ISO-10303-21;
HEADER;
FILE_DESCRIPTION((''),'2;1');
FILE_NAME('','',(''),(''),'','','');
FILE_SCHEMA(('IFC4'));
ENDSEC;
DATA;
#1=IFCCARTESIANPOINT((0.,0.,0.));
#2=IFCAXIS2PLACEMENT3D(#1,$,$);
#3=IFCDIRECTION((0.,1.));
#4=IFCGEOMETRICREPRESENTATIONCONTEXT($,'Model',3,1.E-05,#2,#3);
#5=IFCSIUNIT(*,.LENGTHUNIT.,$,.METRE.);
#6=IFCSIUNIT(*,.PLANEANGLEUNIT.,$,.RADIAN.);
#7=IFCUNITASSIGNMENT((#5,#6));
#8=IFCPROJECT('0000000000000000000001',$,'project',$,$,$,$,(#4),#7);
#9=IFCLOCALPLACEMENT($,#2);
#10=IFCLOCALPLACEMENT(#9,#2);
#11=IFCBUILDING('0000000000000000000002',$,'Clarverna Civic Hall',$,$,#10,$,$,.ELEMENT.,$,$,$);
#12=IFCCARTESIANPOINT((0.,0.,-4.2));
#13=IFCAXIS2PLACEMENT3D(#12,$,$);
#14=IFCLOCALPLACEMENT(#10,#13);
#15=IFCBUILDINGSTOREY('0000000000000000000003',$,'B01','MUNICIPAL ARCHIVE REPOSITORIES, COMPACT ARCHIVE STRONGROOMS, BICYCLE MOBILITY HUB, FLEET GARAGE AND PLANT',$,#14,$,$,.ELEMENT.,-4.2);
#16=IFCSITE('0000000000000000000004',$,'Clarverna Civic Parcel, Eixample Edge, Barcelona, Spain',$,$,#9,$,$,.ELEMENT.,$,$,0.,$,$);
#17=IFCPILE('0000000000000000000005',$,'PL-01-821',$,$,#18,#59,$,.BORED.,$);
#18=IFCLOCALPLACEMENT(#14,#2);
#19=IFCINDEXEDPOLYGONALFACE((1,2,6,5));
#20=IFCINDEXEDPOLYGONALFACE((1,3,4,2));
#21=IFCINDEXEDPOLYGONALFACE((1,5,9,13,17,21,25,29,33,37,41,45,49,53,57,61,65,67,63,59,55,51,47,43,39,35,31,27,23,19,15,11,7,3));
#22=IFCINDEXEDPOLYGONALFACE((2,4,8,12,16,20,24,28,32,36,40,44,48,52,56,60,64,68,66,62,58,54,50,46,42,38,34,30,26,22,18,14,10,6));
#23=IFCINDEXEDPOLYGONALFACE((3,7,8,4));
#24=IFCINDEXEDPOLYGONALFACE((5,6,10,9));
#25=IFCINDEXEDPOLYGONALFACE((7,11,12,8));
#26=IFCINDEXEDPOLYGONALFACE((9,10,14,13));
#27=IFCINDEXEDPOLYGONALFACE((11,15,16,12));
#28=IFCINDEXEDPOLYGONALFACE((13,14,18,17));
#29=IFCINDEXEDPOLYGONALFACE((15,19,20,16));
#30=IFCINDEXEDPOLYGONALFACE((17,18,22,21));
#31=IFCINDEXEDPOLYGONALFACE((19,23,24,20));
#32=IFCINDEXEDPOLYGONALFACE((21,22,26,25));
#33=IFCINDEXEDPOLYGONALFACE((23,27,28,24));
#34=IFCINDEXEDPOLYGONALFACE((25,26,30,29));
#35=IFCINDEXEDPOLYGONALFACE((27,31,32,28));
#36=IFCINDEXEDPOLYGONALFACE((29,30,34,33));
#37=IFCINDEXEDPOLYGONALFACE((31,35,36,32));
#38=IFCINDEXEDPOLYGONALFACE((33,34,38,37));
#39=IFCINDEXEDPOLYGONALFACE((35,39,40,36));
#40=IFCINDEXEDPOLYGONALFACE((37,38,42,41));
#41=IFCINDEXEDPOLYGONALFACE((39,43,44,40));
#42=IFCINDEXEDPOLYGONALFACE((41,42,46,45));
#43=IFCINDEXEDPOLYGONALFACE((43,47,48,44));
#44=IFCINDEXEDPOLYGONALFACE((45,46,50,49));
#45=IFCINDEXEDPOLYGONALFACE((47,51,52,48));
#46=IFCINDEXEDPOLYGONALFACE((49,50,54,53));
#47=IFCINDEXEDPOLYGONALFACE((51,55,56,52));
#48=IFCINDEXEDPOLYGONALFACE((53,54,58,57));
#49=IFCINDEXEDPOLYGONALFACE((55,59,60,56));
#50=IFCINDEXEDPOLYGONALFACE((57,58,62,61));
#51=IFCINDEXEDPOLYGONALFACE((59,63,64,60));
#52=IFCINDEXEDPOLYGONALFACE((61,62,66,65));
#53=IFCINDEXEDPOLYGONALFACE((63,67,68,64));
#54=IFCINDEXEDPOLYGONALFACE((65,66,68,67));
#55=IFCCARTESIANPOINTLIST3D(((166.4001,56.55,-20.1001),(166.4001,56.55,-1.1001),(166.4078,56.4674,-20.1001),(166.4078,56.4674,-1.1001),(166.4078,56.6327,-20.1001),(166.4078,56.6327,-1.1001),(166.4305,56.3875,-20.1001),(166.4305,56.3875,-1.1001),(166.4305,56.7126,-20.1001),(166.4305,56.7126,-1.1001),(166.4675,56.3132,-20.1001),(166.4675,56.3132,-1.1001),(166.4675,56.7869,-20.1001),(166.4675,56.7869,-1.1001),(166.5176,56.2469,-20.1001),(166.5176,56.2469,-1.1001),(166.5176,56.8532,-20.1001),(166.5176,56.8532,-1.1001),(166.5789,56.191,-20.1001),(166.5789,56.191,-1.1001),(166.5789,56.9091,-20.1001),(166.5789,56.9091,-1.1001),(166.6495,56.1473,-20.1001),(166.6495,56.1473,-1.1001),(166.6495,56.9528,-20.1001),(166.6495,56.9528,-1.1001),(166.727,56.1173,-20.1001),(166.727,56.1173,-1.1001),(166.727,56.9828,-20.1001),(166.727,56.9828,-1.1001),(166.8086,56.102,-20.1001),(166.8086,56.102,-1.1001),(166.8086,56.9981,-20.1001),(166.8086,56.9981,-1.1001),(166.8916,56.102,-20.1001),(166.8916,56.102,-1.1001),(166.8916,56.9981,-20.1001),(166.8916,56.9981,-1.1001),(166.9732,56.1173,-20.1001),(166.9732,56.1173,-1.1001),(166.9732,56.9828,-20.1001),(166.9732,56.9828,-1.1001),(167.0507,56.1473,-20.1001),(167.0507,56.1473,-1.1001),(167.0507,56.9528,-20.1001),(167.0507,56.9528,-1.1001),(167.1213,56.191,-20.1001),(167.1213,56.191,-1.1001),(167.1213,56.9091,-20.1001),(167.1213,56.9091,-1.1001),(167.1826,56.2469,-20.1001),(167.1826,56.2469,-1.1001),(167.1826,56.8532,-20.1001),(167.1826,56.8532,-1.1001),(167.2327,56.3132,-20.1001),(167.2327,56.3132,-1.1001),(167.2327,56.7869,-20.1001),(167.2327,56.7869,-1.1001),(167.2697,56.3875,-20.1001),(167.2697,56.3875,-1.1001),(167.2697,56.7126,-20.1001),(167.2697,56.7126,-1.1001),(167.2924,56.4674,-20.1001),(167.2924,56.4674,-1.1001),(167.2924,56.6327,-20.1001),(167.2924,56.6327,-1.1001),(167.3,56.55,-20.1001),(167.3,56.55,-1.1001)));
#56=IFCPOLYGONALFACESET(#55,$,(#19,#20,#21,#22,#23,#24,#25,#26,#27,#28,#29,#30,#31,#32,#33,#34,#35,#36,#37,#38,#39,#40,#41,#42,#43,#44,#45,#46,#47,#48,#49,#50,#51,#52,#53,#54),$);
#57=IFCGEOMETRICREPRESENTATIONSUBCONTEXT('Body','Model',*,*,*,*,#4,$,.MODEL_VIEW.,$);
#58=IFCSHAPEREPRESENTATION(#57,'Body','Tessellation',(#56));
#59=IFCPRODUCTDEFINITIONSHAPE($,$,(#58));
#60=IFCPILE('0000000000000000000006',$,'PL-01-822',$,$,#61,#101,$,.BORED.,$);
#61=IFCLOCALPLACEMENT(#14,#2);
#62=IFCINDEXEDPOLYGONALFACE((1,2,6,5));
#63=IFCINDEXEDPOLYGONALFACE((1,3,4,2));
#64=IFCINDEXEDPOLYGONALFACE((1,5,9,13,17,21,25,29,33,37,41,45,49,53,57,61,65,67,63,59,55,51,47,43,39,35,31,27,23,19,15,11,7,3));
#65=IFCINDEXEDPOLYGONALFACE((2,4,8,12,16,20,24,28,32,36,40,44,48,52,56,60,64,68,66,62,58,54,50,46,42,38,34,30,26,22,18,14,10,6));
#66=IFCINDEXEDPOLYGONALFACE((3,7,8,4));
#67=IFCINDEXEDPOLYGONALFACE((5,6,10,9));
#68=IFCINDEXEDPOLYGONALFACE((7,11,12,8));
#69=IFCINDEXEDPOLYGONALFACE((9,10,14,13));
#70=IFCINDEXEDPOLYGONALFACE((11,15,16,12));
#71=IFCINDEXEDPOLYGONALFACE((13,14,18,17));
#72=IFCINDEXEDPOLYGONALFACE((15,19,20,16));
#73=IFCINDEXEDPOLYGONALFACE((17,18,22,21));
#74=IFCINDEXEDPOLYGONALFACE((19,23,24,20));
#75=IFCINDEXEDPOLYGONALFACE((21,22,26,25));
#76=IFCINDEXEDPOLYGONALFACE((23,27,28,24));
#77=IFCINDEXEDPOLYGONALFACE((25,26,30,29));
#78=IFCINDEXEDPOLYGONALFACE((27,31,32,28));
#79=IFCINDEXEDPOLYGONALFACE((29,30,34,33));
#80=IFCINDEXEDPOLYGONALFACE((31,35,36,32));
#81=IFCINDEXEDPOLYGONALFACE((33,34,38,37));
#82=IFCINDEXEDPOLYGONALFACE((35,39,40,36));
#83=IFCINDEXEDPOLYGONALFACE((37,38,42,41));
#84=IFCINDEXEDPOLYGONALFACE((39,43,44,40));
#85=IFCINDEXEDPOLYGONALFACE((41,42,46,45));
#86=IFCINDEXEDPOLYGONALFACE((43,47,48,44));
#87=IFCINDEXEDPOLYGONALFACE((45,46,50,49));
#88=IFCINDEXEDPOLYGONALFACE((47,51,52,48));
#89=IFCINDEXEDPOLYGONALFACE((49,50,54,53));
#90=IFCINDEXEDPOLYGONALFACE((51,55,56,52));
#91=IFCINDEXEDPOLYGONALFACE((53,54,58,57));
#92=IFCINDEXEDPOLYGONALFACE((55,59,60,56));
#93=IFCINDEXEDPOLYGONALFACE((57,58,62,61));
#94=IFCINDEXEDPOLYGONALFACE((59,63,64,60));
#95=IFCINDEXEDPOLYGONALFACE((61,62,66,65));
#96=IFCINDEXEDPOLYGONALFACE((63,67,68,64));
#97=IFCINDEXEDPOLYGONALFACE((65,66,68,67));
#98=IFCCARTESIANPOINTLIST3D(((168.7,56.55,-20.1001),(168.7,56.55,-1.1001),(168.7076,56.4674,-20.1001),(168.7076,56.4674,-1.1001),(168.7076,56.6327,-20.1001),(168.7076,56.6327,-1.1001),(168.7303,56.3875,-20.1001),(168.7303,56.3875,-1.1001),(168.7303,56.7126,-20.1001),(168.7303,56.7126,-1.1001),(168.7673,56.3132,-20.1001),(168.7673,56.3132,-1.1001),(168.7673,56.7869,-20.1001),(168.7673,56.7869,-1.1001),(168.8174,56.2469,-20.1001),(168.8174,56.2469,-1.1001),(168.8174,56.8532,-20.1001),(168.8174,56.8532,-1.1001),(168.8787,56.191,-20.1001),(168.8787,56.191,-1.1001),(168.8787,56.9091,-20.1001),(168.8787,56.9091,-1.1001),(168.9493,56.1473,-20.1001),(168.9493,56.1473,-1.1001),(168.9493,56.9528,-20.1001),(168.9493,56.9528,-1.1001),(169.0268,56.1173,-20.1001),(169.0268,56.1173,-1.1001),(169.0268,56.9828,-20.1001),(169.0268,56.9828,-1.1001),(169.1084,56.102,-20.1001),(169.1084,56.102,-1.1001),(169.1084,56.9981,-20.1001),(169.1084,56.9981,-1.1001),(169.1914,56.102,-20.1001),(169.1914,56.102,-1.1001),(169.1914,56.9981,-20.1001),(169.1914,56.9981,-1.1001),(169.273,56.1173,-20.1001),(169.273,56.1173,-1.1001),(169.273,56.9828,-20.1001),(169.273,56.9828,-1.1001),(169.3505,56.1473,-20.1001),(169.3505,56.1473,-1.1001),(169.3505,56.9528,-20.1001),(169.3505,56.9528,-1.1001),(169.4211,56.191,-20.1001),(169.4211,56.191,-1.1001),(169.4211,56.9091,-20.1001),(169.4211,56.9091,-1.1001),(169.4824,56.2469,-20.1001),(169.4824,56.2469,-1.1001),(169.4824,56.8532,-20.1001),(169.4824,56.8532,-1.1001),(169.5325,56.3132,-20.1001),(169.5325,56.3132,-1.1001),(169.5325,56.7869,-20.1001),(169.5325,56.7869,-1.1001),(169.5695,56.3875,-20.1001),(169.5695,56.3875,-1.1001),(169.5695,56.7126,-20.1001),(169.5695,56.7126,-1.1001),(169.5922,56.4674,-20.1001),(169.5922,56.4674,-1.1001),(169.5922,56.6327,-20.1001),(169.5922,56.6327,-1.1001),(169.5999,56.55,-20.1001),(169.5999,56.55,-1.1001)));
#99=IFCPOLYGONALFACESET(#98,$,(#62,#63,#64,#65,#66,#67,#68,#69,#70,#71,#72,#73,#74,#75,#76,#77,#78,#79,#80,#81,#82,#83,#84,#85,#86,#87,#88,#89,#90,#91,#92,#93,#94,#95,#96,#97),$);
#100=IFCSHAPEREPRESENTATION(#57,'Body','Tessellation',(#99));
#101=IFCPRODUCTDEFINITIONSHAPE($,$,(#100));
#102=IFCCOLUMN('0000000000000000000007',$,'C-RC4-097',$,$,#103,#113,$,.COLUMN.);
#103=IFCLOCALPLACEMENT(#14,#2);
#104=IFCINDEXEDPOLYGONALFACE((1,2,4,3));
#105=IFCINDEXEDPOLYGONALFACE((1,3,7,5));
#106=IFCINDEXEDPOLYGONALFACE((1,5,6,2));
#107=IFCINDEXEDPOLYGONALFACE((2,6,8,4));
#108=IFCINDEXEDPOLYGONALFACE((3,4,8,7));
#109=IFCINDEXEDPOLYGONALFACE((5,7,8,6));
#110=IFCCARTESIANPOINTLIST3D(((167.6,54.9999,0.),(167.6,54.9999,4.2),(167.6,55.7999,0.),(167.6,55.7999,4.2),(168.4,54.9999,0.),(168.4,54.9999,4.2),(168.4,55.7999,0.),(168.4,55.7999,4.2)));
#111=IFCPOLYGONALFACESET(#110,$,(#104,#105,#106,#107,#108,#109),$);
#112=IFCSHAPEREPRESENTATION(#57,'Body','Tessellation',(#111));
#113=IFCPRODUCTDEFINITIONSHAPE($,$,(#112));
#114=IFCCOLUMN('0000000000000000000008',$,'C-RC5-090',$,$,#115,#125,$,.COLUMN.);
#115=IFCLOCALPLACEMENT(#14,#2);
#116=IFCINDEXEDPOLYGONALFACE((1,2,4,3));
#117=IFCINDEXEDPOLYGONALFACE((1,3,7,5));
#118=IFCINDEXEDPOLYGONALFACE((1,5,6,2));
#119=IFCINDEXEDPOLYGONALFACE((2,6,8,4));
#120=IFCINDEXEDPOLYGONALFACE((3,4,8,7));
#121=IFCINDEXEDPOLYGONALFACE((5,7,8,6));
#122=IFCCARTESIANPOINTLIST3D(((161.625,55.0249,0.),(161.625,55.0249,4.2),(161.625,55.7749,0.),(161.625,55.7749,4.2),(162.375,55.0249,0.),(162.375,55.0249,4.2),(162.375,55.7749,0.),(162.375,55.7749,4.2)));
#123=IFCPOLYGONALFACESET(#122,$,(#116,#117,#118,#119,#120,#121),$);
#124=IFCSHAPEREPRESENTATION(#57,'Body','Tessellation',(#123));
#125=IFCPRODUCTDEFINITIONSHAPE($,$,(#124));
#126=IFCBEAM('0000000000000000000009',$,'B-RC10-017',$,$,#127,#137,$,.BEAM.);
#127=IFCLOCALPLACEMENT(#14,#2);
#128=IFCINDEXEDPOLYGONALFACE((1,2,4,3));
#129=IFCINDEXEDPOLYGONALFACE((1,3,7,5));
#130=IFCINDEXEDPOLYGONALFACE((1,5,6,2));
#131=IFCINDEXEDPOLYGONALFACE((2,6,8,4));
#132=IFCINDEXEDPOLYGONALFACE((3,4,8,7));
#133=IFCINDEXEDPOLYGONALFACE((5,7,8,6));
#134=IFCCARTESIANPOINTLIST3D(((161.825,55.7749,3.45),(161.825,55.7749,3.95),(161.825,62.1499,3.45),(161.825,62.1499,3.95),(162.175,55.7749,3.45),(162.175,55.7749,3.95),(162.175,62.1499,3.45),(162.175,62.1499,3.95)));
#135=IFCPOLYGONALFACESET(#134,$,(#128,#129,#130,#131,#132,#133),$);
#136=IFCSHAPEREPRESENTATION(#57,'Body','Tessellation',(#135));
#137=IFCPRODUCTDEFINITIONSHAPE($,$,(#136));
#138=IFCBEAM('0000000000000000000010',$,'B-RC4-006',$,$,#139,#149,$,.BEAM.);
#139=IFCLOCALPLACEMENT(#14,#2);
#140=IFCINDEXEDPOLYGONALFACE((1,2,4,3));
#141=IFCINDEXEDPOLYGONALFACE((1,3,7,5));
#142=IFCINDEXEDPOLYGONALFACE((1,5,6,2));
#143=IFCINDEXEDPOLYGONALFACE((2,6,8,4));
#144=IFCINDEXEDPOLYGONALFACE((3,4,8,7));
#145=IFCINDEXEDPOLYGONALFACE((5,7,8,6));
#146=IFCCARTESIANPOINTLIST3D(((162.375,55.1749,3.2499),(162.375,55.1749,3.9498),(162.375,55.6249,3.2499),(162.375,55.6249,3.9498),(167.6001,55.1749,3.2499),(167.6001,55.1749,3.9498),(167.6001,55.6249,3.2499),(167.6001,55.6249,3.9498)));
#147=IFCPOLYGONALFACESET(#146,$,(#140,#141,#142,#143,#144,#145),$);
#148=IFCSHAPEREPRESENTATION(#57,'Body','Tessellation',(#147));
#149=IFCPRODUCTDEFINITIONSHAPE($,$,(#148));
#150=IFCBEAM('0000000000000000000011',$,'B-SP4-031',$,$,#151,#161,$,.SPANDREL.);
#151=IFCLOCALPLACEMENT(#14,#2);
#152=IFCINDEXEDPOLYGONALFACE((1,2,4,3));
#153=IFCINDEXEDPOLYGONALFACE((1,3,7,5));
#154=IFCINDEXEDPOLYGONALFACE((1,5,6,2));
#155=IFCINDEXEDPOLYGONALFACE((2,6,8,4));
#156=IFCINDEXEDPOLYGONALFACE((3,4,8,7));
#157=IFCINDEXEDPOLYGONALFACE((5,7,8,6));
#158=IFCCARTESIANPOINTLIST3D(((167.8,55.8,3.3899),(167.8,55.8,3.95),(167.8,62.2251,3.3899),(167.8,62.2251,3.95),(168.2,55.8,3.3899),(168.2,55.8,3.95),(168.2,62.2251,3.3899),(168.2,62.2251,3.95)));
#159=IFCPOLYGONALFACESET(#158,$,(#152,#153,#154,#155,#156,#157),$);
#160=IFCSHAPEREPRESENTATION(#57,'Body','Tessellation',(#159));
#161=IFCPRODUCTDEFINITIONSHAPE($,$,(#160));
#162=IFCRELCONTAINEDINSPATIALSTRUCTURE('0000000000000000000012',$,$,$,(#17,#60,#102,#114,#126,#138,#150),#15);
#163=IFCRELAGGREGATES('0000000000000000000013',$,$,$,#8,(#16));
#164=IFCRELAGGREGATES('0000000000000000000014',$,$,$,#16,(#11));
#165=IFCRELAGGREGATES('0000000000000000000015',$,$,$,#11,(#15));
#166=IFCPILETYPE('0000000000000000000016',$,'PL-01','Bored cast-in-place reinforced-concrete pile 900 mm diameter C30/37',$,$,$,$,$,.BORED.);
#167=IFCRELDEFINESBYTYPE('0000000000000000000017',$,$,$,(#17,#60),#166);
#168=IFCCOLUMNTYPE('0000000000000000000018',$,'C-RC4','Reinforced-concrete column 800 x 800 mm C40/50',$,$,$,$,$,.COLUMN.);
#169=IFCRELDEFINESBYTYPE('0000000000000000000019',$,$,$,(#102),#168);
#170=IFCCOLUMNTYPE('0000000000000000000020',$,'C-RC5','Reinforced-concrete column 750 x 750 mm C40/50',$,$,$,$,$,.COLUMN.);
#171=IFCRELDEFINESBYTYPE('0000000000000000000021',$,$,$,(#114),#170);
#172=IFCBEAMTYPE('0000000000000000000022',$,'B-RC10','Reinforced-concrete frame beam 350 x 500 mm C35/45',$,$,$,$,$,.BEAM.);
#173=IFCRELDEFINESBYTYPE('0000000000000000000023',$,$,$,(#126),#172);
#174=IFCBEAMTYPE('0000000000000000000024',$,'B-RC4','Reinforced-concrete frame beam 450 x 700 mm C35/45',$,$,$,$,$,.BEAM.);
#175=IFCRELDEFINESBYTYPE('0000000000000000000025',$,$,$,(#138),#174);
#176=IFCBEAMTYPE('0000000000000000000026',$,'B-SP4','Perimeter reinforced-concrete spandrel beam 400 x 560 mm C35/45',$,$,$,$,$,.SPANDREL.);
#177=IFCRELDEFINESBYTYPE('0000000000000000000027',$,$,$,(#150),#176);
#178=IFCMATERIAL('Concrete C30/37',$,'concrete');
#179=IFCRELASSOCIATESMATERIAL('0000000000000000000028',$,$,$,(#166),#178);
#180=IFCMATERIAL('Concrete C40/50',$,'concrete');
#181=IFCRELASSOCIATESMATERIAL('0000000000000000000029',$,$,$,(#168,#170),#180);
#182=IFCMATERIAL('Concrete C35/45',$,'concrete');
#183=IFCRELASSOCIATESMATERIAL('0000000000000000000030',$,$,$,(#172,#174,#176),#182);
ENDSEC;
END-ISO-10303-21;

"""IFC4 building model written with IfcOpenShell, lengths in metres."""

from ifc_helpers import new_model, si_unit, direction, frame, origin, origin_2d, place, context, subcontext, project, spatial, rectangle, circle, extrude, material, material_profile, profile_set, type_object, element, save


model = new_model("IFC4")

# Units and contexts
model_context = context("Model", 3, precision=1e-05, world=origin(), true_north=direction((0.0, 1.0)))
body_context = subcontext(model_context, "Body", "Model", "MODEL_VIEW")
ifc_project = project(units=[si_unit("LENGTHUNIT", "METRE"), si_unit("PLANEANGLEUNIT", "RADIAN")], contexts=[model_context])

# Site, building, storey
site_placement = place(None, origin())
site = spatial("IfcSite", under=ifc_project, at=site_placement, Name="Clarverna Civic Parcel, Eixample Edge, Barcelona, Spain", CompositionType="ELEMENT", RefElevation=0.0)
building_placement = place(site_placement, origin())
building = spatial("IfcBuilding", under=site, at=building_placement, Name="Clarverna Civic Hall", CompositionType="ELEMENT")
storey_placement = place(building_placement, frame((0.0, 0.0, -4.2)))
storey = spatial("IfcBuildingStorey", under=building, at=storey_placement, Name="B01", Description="MUNICIPAL ARCHIVE REPOSITORIES, COMPACT ARCHIVE STRONGROOMS, BICYCLE MOBILITY HUB, FLEET GARAGE AND PLANT", CompositionType="ELEMENT", Elevation=-4.2)

# Shared definitions
ifc_material_1 = material(Name="Concrete C30/37", Category="concrete")

# Piles
ifc_material_profile_1 = material_profile(ifc_material_1, circle(Radius=0.45, at=origin_2d()), Name="BORED PILE D900")
ifc_profile_set_1 = profile_set([ifc_material_profile_1], Name="Concrete C30/37")
pile_type = type_object("IfcPileType", Name="PL-01", Description="Bored cast-in-place reinforced-concrete pile 900 mm diameter C30/37", PredefinedType="BORED", material=ifc_profile_set_1)
for number, where, z_axis, x_axis, name in (
    (1, (166.8501, 56.55, -1.1001), (0.0, 0.0, -1.0), (1.0, 0.0, 0.0), "PL-01-821"),
    (2, (169.1499, 56.55, -1.1001), (0.0, 0.0, -1.0), (1.0, 0.0, 0.0), "PL-01-822"),
):
    element("IfcPile", number, at=place(storey_placement, frame(where, z_axis=z_axis, x_axis=x_axis)), inside=storey, type_object=pile_type, Name=name, PredefinedType="BORED", context=body_context, shape_type="SweptSolid", body=[
        extrude(circle(Radius=0.45, at=origin_2d()), origin(), (0.0, 0.0, 1.0), 19.0),
    ])

# Columns
ifc_material_2 = material(Name="Concrete C40/50", Category="concrete")
ifc_material_profile_2 = material_profile(ifc_material_2, rectangle(XDim=0.8, YDim=0.8, at=origin_2d()), Name="RC 800x800")
ifc_profile_set_2 = profile_set([ifc_material_profile_2], Name="Concrete C40/50")
column_type_1 = type_object("IfcColumnType", Name="C-RC4", Description="Reinforced-concrete column 800 x 800 mm C40/50", PredefinedType="COLUMN", material=ifc_profile_set_2)
column_1_placement = place(storey_placement, frame((168.0, 55.3999, 0.0), z_axis=(0.0, 0.0, 1.0), x_axis=(1.0, 0.0, 0.0)))
element("IfcColumn", 3, at=column_1_placement, inside=storey, type_object=column_type_1, Name="C-RC4-097", PredefinedType="COLUMN", context=body_context, shape_type="SweptSolid", body=[
    extrude(rectangle(XDim=0.8, YDim=0.8, at=origin_2d()), origin(), (0.0, 0.0, 1.0), 4.2),
])
ifc_material_profile_3 = material_profile(ifc_material_2, rectangle(XDim=0.75, YDim=0.75, at=origin_2d()), Name="RC 750x750")
ifc_profile_set_3 = profile_set([ifc_material_profile_3], Name="Concrete C40/50")
column_type_2 = type_object("IfcColumnType", Name="C-RC5", Description="Reinforced-concrete column 750 x 750 mm C40/50", PredefinedType="COLUMN", material=ifc_profile_set_3)
column_2_placement = place(storey_placement, frame((162.0, 55.3999, 0.0), z_axis=(0.0, 0.0, 1.0), x_axis=(1.0, 0.0, 0.0)))
element("IfcColumn", 4, at=column_2_placement, inside=storey, type_object=column_type_2, Name="C-RC5-090", PredefinedType="COLUMN", context=body_context, shape_type="SweptSolid", body=[
    extrude(rectangle(XDim=0.75, YDim=0.75, at=origin_2d()), origin(), (0.0, 0.0, 1.0), 4.2),
])

# Beams
ifc_material_3 = material(Name="Concrete C35/45", Category="concrete")
ifc_material_profile_4 = material_profile(ifc_material_3, rectangle(XDim=0.3501, YDim=0.5, at=origin_2d()), Name="RC 350x500")
ifc_profile_set_4 = profile_set([ifc_material_profile_4], Name="Concrete C35/45")
beam_type_1 = type_object("IfcBeamType", Name="B-RC10", Description="Reinforced-concrete frame beam 350 x 500 mm C35/45", PredefinedType="BEAM", material=ifc_profile_set_4)
beam_1_placement = place(storey_placement, frame((162.0, 55.7749, 3.7), z_axis=(0.0, 1.0, 0.0), x_axis=(-1.0, 0.0, 0.0)))
element("IfcBeam", 5, at=beam_1_placement, inside=storey, type_object=beam_type_1, Name="B-RC10-017", PredefinedType="BEAM", context=body_context, shape_type="SweptSolid", body=[
    extrude(rectangle(XDim=0.3501, YDim=0.5, at=origin_2d()), origin(), (0.0, 0.0, 1.0), 6.375),
])
ifc_material_profile_5 = material_profile(ifc_material_3, rectangle(XDim=0.45, YDim=0.7, at=origin_2d()), Name="RC 450x700")
ifc_profile_set_5 = profile_set([ifc_material_profile_5], Name="Concrete C35/45")
beam_type_2 = type_object("IfcBeamType", Name="B-RC4", Description="Reinforced-concrete frame beam 450 x 700 mm C35/45", PredefinedType="BEAM", material=ifc_profile_set_5)
beam_2_placement = place(storey_placement, frame((162.375, 55.3999, 3.5999), z_axis=(1.0, 0.0, 0.0), x_axis=(0.0, 1.0, 0.0)))
element("IfcBeam", 6, at=beam_2_placement, inside=storey, type_object=beam_type_2, Name="B-RC4-006", PredefinedType="BEAM", context=body_context, shape_type="SweptSolid", body=[
    extrude(rectangle(XDim=0.45, YDim=0.7, at=origin_2d()), origin(), (0.0, 0.0, 1.0), 5.2251),
])
ifc_material_profile_6 = material_profile(ifc_material_3, rectangle(XDim=0.3999, YDim=0.5601, at=origin_2d()), Name="RC 400x560")
ifc_profile_set_6 = profile_set([ifc_material_profile_6], Name="Concrete C35/45")
beam_type_3 = type_object("IfcBeamType", Name="B-SP4", Description="Perimeter reinforced-concrete spandrel beam 400 x 560 mm C35/45", PredefinedType="SPANDREL", material=ifc_profile_set_6)
beam_3_placement = place(storey_placement, frame((168.0, 55.8, 3.6699), z_axis=(0.0, 1.0, 0.0), x_axis=(-1.0, 0.0, 0.0)))
element("IfcBeam", 7, at=beam_3_placement, inside=storey, type_object=beam_type_3, Name="B-SP4-031", PredefinedType="SPANDREL", context=body_context, shape_type="SweptSolid", body=[
    extrude(rectangle(XDim=0.3999, YDim=0.5601, at=origin_2d()), origin(), (0.0, 0.0, 1.0), 6.425),
])

save(model, "model.ifc")
